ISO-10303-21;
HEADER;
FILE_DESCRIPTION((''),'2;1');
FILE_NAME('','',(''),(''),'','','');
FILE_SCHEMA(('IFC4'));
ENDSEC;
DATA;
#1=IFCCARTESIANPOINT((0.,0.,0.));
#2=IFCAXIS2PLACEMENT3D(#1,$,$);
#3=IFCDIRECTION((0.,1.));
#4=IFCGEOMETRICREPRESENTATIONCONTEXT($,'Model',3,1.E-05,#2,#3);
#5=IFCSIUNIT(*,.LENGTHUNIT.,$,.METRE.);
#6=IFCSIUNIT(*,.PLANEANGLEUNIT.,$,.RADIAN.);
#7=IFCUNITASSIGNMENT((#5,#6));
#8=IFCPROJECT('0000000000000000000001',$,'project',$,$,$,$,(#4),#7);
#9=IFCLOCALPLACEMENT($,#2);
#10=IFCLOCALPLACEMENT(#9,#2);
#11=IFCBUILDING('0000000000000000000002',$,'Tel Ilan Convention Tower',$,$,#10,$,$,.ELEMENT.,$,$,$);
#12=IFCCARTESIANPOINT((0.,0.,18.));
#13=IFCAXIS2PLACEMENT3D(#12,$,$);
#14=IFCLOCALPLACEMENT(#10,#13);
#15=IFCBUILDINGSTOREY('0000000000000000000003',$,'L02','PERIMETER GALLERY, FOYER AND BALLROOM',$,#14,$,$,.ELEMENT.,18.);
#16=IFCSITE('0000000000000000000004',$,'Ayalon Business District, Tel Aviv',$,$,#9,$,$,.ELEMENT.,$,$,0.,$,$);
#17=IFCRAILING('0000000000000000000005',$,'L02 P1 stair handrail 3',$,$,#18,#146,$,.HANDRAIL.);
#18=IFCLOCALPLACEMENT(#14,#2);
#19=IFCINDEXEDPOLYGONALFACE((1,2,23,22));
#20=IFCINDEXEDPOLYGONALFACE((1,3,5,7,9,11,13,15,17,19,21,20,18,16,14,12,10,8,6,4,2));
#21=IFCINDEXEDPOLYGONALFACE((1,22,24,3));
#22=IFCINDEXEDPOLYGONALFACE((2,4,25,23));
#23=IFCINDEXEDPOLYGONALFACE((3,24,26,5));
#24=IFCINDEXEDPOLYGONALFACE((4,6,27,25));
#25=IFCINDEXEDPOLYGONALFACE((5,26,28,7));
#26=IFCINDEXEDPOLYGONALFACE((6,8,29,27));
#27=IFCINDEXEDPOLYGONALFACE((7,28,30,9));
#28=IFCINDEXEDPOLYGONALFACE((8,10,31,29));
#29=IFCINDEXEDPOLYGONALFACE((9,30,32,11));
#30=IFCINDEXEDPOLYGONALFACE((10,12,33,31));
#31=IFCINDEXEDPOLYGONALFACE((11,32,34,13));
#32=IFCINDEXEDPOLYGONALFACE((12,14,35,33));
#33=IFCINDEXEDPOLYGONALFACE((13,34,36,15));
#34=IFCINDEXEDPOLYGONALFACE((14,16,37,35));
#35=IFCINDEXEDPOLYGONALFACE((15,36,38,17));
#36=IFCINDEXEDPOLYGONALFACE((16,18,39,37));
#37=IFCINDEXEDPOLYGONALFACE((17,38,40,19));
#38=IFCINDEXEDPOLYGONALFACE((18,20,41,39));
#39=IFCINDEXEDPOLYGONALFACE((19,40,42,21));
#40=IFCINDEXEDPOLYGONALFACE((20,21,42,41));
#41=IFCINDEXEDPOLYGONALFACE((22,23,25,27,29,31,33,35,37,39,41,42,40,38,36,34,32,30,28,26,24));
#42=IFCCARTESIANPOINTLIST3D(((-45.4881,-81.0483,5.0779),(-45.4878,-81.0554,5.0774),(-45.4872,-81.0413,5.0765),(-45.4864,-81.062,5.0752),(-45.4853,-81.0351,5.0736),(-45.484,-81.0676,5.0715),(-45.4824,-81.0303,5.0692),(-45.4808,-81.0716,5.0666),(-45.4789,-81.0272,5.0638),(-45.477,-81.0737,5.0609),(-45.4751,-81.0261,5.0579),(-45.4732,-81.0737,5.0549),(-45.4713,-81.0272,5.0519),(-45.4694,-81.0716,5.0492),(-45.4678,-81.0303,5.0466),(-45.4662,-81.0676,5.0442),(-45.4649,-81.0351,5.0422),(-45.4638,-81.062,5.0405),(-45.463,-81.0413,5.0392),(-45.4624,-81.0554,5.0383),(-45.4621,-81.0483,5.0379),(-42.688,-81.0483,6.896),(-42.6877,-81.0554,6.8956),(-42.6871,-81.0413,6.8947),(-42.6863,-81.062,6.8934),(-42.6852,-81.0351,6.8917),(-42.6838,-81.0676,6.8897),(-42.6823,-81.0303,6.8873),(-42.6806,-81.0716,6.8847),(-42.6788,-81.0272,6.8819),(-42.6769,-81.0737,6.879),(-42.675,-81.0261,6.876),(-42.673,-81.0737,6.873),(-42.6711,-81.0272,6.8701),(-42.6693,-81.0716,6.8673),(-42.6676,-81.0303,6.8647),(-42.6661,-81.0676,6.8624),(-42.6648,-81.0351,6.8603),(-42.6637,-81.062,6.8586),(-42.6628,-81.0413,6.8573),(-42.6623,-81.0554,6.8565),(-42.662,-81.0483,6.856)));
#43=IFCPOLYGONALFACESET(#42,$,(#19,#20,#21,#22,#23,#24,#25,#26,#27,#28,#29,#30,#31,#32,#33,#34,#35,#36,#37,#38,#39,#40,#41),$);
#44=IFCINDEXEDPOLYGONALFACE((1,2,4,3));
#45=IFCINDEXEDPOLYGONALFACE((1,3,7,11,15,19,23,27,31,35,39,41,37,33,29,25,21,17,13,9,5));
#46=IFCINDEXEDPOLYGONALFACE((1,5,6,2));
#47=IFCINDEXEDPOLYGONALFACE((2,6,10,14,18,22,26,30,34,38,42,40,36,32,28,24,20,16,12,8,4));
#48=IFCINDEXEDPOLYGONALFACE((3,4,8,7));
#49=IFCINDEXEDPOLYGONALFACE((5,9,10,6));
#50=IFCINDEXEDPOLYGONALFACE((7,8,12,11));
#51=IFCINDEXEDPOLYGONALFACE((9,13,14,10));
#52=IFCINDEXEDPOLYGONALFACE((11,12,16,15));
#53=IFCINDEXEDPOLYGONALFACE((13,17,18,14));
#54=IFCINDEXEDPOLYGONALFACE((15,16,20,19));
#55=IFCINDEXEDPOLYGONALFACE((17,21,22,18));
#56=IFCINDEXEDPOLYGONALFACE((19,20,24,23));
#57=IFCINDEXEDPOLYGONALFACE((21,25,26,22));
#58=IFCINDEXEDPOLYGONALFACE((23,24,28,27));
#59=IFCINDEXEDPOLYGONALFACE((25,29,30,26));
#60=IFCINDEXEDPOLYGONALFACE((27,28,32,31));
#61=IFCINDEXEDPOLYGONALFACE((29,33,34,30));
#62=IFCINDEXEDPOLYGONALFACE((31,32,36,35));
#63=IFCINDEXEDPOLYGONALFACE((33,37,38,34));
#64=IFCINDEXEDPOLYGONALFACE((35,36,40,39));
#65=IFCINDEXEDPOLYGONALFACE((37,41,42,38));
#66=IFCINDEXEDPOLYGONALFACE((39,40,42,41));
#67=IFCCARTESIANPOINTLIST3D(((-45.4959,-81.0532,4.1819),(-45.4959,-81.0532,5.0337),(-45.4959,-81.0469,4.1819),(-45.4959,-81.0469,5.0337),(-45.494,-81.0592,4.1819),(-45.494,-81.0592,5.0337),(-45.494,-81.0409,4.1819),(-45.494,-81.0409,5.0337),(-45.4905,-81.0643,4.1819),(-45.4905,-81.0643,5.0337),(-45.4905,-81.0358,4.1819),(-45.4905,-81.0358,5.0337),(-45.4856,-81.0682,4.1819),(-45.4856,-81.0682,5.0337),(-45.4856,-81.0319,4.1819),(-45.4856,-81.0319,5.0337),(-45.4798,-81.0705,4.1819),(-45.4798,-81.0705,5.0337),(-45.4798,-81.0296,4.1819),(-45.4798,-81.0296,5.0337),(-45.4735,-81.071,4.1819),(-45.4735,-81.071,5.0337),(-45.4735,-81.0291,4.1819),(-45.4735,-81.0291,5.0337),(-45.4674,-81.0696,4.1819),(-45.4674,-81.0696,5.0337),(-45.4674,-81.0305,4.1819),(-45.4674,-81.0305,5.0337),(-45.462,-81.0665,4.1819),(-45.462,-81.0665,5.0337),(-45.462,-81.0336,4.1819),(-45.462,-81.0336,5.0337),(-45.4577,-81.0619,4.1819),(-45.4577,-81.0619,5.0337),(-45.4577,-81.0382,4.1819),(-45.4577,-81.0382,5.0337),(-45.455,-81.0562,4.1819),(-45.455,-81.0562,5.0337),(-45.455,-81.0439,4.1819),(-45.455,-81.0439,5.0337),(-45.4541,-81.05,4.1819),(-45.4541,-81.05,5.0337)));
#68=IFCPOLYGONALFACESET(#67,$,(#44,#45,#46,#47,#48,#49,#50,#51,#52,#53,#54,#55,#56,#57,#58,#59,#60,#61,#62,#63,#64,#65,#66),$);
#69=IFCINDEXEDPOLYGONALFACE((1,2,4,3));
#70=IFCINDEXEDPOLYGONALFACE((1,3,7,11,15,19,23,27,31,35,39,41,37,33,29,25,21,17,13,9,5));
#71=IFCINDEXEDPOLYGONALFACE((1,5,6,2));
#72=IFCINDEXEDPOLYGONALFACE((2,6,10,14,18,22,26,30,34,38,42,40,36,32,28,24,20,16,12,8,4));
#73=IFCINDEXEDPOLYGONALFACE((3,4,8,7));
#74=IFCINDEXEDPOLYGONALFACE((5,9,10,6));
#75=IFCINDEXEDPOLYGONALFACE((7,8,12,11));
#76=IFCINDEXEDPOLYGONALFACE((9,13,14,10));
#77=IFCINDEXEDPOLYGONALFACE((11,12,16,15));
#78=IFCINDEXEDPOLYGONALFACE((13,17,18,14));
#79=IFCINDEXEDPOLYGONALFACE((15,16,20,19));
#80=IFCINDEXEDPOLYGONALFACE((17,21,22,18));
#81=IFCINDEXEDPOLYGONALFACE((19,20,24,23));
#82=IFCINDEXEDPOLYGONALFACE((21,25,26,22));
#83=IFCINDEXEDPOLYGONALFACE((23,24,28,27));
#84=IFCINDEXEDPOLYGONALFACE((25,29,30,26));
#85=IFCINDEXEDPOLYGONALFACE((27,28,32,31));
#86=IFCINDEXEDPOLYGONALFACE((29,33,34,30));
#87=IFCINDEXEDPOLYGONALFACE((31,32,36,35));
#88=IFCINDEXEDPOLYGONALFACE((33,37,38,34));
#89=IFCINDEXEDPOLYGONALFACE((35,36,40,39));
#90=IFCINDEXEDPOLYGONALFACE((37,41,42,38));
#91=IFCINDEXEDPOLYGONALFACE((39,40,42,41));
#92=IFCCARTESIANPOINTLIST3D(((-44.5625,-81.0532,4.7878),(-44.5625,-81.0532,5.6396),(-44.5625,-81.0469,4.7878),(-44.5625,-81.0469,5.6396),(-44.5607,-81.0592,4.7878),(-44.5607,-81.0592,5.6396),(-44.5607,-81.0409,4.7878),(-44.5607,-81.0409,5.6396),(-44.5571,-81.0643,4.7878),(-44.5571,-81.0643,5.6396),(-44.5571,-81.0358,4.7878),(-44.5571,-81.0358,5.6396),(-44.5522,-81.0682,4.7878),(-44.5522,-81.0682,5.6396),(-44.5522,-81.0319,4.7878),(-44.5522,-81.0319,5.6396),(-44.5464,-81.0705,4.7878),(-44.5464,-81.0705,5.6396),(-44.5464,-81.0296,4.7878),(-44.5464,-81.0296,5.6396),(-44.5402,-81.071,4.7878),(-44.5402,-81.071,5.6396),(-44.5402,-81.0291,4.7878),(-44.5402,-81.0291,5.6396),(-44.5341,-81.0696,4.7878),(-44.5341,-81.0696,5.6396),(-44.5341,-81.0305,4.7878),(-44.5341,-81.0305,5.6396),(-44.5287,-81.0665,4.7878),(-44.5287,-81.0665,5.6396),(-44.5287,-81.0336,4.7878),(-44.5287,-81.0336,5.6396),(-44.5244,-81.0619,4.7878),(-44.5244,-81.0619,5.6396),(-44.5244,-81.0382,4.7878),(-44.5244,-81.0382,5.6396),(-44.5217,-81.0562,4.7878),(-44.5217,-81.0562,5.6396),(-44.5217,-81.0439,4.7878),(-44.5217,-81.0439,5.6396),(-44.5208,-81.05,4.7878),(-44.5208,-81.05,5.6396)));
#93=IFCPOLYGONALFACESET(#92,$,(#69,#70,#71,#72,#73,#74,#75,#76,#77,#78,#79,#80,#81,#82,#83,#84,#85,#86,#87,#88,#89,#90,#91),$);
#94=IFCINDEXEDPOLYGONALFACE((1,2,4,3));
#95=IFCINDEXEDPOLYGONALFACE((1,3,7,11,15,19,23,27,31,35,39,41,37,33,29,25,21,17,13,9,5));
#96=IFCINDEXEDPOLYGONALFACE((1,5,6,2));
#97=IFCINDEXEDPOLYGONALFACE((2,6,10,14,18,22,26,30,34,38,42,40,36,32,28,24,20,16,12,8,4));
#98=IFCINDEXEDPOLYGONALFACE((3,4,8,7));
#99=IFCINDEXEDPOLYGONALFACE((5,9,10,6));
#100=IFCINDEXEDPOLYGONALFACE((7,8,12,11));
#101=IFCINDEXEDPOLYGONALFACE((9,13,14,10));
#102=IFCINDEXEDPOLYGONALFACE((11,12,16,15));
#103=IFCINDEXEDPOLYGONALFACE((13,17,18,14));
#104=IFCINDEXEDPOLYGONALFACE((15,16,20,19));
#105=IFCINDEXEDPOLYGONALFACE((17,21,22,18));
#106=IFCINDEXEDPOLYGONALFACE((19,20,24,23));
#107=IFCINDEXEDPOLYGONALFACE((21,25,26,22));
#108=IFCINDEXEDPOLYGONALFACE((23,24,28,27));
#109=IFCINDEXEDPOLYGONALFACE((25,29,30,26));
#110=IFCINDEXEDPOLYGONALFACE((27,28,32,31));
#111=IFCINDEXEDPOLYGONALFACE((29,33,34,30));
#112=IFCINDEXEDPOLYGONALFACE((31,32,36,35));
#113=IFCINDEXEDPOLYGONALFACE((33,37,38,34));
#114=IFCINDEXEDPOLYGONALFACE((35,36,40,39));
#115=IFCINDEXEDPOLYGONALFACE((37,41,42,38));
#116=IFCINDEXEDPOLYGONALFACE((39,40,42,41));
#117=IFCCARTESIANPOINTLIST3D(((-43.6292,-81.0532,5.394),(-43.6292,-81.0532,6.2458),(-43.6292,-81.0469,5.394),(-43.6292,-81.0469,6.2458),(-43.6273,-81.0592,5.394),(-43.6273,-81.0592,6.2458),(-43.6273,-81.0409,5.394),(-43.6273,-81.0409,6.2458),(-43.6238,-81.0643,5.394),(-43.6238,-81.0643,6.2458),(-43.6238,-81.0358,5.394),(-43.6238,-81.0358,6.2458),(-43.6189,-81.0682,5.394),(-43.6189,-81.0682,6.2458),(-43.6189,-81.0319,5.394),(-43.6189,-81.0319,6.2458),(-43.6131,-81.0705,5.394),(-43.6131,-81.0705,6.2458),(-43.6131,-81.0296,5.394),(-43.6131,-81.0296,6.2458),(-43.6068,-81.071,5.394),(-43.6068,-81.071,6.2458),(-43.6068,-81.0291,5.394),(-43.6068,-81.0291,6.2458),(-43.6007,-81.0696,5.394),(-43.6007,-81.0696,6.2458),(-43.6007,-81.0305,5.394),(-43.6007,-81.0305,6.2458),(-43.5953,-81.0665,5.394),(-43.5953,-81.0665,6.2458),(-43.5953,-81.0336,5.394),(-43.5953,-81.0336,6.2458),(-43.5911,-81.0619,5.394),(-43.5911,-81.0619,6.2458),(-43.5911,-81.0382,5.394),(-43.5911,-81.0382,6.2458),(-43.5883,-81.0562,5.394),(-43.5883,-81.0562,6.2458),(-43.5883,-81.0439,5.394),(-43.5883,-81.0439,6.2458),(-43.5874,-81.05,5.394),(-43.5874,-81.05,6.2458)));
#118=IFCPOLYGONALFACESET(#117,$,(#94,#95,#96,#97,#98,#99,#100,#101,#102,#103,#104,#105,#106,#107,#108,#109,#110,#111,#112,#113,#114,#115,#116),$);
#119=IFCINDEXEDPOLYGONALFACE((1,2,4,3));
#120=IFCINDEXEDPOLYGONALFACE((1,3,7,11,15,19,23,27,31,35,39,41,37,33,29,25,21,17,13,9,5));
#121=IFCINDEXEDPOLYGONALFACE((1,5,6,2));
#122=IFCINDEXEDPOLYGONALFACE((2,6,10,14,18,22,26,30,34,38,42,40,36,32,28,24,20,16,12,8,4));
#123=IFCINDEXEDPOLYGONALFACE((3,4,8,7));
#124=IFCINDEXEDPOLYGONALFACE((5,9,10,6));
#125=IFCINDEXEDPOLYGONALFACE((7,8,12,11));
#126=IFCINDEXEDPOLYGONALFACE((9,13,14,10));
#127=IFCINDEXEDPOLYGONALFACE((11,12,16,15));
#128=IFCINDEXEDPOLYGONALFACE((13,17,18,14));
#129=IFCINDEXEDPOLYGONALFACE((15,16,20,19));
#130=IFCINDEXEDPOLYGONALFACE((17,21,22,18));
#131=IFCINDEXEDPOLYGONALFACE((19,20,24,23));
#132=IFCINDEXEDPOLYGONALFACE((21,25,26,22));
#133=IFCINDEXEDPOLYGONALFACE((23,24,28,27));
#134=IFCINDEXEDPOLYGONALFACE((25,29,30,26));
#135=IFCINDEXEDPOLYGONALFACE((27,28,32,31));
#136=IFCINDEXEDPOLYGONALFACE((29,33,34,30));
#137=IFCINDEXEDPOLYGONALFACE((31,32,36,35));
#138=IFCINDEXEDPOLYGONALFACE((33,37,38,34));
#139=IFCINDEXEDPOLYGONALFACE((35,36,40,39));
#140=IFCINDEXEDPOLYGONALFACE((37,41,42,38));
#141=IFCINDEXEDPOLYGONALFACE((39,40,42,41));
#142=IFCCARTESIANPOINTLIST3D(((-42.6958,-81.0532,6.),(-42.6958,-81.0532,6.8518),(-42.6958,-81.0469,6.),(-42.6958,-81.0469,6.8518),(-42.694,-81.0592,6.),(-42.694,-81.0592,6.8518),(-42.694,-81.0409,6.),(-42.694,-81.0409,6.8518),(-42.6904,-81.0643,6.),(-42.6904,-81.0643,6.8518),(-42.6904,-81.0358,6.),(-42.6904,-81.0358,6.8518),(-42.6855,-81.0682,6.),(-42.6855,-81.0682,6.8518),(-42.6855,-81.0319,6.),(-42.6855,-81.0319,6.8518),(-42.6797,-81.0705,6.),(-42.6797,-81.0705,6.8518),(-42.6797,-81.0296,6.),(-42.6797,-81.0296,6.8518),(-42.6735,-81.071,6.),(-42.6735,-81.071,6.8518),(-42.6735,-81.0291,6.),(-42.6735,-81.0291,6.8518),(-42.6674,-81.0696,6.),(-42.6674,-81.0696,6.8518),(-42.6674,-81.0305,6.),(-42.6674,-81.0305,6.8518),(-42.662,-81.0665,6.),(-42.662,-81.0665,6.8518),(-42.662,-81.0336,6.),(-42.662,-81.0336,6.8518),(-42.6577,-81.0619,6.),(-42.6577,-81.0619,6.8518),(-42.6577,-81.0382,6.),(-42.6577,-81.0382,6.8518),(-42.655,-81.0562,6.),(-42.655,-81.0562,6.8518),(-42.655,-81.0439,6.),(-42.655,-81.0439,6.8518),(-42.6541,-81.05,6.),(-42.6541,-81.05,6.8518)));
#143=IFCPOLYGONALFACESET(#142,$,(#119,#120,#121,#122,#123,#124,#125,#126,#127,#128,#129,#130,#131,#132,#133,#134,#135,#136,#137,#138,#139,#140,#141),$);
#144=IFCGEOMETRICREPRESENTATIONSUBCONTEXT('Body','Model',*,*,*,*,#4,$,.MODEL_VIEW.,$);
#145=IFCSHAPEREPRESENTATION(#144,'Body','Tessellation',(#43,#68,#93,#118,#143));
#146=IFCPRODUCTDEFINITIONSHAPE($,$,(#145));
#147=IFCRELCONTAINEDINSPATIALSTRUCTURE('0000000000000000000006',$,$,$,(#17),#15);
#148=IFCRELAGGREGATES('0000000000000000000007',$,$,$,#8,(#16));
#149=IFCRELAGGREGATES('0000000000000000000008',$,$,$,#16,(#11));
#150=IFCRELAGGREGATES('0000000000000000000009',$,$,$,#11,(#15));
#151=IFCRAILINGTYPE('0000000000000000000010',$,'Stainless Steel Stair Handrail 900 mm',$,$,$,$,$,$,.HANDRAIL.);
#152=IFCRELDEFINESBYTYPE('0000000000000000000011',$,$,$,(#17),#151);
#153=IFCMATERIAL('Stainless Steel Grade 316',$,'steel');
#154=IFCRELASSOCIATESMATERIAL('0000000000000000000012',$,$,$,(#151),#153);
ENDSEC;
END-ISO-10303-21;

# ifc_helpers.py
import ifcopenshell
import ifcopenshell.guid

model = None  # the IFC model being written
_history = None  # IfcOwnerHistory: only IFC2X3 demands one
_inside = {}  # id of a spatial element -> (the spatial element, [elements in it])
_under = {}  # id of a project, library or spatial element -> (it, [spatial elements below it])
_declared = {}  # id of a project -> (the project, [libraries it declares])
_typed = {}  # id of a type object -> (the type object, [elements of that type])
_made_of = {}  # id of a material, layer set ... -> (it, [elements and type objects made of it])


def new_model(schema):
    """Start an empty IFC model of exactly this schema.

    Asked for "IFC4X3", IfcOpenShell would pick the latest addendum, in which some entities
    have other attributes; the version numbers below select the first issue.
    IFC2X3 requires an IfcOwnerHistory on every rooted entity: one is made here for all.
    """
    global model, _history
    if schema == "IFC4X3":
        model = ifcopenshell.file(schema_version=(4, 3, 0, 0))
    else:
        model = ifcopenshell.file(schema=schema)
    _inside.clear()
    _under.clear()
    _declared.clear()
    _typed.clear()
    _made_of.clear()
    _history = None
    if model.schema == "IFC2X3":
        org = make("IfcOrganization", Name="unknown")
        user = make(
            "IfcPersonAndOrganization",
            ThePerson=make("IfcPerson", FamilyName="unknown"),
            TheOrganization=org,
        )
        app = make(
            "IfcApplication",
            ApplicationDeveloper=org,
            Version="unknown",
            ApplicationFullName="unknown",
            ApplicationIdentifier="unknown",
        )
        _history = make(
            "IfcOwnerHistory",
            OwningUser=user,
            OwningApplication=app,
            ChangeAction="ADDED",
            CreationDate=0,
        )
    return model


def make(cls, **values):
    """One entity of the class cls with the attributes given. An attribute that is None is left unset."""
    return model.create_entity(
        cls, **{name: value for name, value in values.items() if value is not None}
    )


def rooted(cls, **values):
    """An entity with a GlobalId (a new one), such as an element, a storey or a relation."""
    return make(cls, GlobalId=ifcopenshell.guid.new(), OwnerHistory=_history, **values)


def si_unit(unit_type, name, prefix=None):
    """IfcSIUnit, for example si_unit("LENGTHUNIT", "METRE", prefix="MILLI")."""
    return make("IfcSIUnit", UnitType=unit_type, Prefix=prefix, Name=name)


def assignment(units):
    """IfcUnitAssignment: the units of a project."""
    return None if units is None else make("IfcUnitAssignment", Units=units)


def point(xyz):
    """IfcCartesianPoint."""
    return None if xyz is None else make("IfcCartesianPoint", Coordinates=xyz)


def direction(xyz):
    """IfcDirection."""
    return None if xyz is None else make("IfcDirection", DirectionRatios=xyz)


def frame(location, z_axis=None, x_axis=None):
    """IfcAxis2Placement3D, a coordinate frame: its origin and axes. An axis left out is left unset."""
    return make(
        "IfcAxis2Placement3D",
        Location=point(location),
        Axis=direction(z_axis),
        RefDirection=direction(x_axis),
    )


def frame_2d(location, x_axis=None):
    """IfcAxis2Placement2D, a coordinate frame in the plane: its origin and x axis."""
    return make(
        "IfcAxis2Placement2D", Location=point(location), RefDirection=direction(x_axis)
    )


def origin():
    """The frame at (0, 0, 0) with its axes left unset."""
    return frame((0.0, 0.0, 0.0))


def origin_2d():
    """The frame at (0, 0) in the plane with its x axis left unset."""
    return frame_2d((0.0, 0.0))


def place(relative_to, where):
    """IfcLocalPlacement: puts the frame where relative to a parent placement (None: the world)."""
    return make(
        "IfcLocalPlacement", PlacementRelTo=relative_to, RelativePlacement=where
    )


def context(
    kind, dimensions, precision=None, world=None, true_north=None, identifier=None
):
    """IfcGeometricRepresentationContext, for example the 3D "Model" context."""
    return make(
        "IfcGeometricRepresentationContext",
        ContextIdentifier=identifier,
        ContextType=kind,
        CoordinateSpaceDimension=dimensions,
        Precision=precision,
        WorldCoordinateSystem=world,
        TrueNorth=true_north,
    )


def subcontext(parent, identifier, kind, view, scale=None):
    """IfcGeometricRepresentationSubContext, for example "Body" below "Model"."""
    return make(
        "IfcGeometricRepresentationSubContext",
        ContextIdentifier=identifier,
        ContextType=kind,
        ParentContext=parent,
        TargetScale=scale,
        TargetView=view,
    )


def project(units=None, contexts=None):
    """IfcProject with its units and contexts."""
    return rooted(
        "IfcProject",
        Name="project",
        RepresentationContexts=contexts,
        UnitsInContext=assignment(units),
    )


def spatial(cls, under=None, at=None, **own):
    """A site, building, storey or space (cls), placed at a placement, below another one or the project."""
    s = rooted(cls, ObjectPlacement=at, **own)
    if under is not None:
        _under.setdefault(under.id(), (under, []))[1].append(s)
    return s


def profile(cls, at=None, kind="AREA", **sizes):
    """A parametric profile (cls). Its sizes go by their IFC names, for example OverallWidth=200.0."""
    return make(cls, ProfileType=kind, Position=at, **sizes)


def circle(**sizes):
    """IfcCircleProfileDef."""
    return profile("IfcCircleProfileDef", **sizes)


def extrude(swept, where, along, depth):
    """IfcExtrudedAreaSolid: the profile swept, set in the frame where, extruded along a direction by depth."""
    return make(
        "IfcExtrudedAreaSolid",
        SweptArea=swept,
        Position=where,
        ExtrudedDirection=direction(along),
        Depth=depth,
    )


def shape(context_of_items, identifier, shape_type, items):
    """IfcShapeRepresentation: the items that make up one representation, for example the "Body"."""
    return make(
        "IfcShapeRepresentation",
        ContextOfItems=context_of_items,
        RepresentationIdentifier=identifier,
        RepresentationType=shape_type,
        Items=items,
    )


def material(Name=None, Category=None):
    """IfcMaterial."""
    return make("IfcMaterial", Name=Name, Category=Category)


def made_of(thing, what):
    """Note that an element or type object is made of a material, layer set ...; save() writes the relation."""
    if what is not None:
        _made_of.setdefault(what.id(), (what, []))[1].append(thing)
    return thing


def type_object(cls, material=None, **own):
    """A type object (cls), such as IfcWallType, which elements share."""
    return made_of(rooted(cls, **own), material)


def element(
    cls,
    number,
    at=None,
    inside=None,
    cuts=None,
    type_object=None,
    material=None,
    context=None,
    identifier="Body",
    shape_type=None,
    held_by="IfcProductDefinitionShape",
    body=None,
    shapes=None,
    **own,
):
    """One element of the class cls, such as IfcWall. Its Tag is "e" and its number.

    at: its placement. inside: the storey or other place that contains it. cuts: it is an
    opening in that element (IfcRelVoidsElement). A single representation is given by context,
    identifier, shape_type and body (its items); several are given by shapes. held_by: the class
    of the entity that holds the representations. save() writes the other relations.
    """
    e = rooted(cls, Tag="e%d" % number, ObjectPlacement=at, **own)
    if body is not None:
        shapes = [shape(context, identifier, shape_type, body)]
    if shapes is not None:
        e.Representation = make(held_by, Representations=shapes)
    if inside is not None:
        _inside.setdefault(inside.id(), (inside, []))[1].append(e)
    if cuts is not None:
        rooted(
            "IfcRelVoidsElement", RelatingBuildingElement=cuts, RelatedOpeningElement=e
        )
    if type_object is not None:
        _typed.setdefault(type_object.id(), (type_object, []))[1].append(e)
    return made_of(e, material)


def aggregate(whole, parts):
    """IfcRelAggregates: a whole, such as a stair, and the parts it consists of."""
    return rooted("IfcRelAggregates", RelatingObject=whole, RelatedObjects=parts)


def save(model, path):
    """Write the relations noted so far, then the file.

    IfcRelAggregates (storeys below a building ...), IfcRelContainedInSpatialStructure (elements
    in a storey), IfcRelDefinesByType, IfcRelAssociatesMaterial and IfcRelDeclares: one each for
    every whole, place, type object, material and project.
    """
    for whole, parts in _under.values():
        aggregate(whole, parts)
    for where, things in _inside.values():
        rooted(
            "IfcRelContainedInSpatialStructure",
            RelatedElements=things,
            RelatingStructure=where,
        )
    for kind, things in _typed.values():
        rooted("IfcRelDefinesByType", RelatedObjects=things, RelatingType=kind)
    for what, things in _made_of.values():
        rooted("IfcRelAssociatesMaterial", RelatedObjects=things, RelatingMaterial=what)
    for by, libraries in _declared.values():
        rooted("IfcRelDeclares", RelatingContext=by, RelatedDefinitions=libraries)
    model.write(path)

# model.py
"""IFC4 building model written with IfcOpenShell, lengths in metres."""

from ifc_helpers import new_model, si_unit, direction, frame, origin, origin_2d, place, context, subcontext, project, spatial, circle, extrude, material, type_object, element, save


model = new_model("IFC4")

# Units and contexts
model_context = context("Model", 3, precision=1e-05, world=origin(), true_north=direction((0.0, 1.0)))
body_context = subcontext(model_context, "Body", "Model", "MODEL_VIEW")
ifc_project = project(units=[si_unit("LENGTHUNIT", "METRE"), si_unit("PLANEANGLEUNIT", "RADIAN")], contexts=[model_context])

# Site, building, storey
site_placement = place(None, origin())
site = spatial("IfcSite", under=ifc_project, at=site_placement, Name="Ayalon Business District, Tel Aviv", CompositionType="ELEMENT", RefElevation=0.0)
building_placement = place(site_placement, origin())
building = spatial("IfcBuilding", under=site, at=building_placement, Name="Tel Ilan Convention Tower", CompositionType="ELEMENT")
storey_placement = place(building_placement, frame((0.0, 0.0, 18.0)))
storey = spatial("IfcBuildingStorey", under=building, at=storey_placement, Name="L02", Description="PERIMETER GALLERY, FOYER AND BALLROOM", CompositionType="ELEMENT", Elevation=18.0)

# Railing
ifc_material_1 = material(Name="Stainless Steel Grade 316", Category="steel")
railing_type_1 = type_object("IfcRailingType", Name="Stainless Steel Stair Handrail 900 mm", PredefinedType="HANDRAIL", material=ifc_material_1)
railing_placement = place(storey_placement, frame((-45.4751, -81.05, 4.1819)))
element("IfcRailing", 1, at=railing_placement, inside=storey, type_object=railing_type_1, Name="L02 P1 stair handrail 3", PredefinedType="HANDRAIL", context=body_context, shape_type="SweptSolid", body=[
    extrude(circle(Radius=0.0239, at=origin_2d()), frame((0.0, 0.0, 0.876), z_axis=(0.838706, 0.0, 0.544585), x_axis=(0.0, 1.0, 0.0)), (0.0, 0.0, 1.0), 3.3386),
    extrude(circle(Radius=0.021, at=origin_2d()), origin(), (0.0, 0.0, 1.0), 0.8518),
    extrude(circle(Radius=0.021, at=origin_2d()), frame((0.9333, 0.0, 0.606)), (0.0, 0.0, 1.0), 0.8518),
    extrude(circle(Radius=0.021, at=origin_2d()), frame((1.8667, 0.0, 1.2122)), (0.0, 0.0, 1.0), 0.8518),
    extrude(circle(Radius=0.021, at=origin_2d()), frame((2.8, 0.0, 1.8181)), (0.0, 0.0, 1.0), 0.8518),
])

save(model, "model.ifc")
